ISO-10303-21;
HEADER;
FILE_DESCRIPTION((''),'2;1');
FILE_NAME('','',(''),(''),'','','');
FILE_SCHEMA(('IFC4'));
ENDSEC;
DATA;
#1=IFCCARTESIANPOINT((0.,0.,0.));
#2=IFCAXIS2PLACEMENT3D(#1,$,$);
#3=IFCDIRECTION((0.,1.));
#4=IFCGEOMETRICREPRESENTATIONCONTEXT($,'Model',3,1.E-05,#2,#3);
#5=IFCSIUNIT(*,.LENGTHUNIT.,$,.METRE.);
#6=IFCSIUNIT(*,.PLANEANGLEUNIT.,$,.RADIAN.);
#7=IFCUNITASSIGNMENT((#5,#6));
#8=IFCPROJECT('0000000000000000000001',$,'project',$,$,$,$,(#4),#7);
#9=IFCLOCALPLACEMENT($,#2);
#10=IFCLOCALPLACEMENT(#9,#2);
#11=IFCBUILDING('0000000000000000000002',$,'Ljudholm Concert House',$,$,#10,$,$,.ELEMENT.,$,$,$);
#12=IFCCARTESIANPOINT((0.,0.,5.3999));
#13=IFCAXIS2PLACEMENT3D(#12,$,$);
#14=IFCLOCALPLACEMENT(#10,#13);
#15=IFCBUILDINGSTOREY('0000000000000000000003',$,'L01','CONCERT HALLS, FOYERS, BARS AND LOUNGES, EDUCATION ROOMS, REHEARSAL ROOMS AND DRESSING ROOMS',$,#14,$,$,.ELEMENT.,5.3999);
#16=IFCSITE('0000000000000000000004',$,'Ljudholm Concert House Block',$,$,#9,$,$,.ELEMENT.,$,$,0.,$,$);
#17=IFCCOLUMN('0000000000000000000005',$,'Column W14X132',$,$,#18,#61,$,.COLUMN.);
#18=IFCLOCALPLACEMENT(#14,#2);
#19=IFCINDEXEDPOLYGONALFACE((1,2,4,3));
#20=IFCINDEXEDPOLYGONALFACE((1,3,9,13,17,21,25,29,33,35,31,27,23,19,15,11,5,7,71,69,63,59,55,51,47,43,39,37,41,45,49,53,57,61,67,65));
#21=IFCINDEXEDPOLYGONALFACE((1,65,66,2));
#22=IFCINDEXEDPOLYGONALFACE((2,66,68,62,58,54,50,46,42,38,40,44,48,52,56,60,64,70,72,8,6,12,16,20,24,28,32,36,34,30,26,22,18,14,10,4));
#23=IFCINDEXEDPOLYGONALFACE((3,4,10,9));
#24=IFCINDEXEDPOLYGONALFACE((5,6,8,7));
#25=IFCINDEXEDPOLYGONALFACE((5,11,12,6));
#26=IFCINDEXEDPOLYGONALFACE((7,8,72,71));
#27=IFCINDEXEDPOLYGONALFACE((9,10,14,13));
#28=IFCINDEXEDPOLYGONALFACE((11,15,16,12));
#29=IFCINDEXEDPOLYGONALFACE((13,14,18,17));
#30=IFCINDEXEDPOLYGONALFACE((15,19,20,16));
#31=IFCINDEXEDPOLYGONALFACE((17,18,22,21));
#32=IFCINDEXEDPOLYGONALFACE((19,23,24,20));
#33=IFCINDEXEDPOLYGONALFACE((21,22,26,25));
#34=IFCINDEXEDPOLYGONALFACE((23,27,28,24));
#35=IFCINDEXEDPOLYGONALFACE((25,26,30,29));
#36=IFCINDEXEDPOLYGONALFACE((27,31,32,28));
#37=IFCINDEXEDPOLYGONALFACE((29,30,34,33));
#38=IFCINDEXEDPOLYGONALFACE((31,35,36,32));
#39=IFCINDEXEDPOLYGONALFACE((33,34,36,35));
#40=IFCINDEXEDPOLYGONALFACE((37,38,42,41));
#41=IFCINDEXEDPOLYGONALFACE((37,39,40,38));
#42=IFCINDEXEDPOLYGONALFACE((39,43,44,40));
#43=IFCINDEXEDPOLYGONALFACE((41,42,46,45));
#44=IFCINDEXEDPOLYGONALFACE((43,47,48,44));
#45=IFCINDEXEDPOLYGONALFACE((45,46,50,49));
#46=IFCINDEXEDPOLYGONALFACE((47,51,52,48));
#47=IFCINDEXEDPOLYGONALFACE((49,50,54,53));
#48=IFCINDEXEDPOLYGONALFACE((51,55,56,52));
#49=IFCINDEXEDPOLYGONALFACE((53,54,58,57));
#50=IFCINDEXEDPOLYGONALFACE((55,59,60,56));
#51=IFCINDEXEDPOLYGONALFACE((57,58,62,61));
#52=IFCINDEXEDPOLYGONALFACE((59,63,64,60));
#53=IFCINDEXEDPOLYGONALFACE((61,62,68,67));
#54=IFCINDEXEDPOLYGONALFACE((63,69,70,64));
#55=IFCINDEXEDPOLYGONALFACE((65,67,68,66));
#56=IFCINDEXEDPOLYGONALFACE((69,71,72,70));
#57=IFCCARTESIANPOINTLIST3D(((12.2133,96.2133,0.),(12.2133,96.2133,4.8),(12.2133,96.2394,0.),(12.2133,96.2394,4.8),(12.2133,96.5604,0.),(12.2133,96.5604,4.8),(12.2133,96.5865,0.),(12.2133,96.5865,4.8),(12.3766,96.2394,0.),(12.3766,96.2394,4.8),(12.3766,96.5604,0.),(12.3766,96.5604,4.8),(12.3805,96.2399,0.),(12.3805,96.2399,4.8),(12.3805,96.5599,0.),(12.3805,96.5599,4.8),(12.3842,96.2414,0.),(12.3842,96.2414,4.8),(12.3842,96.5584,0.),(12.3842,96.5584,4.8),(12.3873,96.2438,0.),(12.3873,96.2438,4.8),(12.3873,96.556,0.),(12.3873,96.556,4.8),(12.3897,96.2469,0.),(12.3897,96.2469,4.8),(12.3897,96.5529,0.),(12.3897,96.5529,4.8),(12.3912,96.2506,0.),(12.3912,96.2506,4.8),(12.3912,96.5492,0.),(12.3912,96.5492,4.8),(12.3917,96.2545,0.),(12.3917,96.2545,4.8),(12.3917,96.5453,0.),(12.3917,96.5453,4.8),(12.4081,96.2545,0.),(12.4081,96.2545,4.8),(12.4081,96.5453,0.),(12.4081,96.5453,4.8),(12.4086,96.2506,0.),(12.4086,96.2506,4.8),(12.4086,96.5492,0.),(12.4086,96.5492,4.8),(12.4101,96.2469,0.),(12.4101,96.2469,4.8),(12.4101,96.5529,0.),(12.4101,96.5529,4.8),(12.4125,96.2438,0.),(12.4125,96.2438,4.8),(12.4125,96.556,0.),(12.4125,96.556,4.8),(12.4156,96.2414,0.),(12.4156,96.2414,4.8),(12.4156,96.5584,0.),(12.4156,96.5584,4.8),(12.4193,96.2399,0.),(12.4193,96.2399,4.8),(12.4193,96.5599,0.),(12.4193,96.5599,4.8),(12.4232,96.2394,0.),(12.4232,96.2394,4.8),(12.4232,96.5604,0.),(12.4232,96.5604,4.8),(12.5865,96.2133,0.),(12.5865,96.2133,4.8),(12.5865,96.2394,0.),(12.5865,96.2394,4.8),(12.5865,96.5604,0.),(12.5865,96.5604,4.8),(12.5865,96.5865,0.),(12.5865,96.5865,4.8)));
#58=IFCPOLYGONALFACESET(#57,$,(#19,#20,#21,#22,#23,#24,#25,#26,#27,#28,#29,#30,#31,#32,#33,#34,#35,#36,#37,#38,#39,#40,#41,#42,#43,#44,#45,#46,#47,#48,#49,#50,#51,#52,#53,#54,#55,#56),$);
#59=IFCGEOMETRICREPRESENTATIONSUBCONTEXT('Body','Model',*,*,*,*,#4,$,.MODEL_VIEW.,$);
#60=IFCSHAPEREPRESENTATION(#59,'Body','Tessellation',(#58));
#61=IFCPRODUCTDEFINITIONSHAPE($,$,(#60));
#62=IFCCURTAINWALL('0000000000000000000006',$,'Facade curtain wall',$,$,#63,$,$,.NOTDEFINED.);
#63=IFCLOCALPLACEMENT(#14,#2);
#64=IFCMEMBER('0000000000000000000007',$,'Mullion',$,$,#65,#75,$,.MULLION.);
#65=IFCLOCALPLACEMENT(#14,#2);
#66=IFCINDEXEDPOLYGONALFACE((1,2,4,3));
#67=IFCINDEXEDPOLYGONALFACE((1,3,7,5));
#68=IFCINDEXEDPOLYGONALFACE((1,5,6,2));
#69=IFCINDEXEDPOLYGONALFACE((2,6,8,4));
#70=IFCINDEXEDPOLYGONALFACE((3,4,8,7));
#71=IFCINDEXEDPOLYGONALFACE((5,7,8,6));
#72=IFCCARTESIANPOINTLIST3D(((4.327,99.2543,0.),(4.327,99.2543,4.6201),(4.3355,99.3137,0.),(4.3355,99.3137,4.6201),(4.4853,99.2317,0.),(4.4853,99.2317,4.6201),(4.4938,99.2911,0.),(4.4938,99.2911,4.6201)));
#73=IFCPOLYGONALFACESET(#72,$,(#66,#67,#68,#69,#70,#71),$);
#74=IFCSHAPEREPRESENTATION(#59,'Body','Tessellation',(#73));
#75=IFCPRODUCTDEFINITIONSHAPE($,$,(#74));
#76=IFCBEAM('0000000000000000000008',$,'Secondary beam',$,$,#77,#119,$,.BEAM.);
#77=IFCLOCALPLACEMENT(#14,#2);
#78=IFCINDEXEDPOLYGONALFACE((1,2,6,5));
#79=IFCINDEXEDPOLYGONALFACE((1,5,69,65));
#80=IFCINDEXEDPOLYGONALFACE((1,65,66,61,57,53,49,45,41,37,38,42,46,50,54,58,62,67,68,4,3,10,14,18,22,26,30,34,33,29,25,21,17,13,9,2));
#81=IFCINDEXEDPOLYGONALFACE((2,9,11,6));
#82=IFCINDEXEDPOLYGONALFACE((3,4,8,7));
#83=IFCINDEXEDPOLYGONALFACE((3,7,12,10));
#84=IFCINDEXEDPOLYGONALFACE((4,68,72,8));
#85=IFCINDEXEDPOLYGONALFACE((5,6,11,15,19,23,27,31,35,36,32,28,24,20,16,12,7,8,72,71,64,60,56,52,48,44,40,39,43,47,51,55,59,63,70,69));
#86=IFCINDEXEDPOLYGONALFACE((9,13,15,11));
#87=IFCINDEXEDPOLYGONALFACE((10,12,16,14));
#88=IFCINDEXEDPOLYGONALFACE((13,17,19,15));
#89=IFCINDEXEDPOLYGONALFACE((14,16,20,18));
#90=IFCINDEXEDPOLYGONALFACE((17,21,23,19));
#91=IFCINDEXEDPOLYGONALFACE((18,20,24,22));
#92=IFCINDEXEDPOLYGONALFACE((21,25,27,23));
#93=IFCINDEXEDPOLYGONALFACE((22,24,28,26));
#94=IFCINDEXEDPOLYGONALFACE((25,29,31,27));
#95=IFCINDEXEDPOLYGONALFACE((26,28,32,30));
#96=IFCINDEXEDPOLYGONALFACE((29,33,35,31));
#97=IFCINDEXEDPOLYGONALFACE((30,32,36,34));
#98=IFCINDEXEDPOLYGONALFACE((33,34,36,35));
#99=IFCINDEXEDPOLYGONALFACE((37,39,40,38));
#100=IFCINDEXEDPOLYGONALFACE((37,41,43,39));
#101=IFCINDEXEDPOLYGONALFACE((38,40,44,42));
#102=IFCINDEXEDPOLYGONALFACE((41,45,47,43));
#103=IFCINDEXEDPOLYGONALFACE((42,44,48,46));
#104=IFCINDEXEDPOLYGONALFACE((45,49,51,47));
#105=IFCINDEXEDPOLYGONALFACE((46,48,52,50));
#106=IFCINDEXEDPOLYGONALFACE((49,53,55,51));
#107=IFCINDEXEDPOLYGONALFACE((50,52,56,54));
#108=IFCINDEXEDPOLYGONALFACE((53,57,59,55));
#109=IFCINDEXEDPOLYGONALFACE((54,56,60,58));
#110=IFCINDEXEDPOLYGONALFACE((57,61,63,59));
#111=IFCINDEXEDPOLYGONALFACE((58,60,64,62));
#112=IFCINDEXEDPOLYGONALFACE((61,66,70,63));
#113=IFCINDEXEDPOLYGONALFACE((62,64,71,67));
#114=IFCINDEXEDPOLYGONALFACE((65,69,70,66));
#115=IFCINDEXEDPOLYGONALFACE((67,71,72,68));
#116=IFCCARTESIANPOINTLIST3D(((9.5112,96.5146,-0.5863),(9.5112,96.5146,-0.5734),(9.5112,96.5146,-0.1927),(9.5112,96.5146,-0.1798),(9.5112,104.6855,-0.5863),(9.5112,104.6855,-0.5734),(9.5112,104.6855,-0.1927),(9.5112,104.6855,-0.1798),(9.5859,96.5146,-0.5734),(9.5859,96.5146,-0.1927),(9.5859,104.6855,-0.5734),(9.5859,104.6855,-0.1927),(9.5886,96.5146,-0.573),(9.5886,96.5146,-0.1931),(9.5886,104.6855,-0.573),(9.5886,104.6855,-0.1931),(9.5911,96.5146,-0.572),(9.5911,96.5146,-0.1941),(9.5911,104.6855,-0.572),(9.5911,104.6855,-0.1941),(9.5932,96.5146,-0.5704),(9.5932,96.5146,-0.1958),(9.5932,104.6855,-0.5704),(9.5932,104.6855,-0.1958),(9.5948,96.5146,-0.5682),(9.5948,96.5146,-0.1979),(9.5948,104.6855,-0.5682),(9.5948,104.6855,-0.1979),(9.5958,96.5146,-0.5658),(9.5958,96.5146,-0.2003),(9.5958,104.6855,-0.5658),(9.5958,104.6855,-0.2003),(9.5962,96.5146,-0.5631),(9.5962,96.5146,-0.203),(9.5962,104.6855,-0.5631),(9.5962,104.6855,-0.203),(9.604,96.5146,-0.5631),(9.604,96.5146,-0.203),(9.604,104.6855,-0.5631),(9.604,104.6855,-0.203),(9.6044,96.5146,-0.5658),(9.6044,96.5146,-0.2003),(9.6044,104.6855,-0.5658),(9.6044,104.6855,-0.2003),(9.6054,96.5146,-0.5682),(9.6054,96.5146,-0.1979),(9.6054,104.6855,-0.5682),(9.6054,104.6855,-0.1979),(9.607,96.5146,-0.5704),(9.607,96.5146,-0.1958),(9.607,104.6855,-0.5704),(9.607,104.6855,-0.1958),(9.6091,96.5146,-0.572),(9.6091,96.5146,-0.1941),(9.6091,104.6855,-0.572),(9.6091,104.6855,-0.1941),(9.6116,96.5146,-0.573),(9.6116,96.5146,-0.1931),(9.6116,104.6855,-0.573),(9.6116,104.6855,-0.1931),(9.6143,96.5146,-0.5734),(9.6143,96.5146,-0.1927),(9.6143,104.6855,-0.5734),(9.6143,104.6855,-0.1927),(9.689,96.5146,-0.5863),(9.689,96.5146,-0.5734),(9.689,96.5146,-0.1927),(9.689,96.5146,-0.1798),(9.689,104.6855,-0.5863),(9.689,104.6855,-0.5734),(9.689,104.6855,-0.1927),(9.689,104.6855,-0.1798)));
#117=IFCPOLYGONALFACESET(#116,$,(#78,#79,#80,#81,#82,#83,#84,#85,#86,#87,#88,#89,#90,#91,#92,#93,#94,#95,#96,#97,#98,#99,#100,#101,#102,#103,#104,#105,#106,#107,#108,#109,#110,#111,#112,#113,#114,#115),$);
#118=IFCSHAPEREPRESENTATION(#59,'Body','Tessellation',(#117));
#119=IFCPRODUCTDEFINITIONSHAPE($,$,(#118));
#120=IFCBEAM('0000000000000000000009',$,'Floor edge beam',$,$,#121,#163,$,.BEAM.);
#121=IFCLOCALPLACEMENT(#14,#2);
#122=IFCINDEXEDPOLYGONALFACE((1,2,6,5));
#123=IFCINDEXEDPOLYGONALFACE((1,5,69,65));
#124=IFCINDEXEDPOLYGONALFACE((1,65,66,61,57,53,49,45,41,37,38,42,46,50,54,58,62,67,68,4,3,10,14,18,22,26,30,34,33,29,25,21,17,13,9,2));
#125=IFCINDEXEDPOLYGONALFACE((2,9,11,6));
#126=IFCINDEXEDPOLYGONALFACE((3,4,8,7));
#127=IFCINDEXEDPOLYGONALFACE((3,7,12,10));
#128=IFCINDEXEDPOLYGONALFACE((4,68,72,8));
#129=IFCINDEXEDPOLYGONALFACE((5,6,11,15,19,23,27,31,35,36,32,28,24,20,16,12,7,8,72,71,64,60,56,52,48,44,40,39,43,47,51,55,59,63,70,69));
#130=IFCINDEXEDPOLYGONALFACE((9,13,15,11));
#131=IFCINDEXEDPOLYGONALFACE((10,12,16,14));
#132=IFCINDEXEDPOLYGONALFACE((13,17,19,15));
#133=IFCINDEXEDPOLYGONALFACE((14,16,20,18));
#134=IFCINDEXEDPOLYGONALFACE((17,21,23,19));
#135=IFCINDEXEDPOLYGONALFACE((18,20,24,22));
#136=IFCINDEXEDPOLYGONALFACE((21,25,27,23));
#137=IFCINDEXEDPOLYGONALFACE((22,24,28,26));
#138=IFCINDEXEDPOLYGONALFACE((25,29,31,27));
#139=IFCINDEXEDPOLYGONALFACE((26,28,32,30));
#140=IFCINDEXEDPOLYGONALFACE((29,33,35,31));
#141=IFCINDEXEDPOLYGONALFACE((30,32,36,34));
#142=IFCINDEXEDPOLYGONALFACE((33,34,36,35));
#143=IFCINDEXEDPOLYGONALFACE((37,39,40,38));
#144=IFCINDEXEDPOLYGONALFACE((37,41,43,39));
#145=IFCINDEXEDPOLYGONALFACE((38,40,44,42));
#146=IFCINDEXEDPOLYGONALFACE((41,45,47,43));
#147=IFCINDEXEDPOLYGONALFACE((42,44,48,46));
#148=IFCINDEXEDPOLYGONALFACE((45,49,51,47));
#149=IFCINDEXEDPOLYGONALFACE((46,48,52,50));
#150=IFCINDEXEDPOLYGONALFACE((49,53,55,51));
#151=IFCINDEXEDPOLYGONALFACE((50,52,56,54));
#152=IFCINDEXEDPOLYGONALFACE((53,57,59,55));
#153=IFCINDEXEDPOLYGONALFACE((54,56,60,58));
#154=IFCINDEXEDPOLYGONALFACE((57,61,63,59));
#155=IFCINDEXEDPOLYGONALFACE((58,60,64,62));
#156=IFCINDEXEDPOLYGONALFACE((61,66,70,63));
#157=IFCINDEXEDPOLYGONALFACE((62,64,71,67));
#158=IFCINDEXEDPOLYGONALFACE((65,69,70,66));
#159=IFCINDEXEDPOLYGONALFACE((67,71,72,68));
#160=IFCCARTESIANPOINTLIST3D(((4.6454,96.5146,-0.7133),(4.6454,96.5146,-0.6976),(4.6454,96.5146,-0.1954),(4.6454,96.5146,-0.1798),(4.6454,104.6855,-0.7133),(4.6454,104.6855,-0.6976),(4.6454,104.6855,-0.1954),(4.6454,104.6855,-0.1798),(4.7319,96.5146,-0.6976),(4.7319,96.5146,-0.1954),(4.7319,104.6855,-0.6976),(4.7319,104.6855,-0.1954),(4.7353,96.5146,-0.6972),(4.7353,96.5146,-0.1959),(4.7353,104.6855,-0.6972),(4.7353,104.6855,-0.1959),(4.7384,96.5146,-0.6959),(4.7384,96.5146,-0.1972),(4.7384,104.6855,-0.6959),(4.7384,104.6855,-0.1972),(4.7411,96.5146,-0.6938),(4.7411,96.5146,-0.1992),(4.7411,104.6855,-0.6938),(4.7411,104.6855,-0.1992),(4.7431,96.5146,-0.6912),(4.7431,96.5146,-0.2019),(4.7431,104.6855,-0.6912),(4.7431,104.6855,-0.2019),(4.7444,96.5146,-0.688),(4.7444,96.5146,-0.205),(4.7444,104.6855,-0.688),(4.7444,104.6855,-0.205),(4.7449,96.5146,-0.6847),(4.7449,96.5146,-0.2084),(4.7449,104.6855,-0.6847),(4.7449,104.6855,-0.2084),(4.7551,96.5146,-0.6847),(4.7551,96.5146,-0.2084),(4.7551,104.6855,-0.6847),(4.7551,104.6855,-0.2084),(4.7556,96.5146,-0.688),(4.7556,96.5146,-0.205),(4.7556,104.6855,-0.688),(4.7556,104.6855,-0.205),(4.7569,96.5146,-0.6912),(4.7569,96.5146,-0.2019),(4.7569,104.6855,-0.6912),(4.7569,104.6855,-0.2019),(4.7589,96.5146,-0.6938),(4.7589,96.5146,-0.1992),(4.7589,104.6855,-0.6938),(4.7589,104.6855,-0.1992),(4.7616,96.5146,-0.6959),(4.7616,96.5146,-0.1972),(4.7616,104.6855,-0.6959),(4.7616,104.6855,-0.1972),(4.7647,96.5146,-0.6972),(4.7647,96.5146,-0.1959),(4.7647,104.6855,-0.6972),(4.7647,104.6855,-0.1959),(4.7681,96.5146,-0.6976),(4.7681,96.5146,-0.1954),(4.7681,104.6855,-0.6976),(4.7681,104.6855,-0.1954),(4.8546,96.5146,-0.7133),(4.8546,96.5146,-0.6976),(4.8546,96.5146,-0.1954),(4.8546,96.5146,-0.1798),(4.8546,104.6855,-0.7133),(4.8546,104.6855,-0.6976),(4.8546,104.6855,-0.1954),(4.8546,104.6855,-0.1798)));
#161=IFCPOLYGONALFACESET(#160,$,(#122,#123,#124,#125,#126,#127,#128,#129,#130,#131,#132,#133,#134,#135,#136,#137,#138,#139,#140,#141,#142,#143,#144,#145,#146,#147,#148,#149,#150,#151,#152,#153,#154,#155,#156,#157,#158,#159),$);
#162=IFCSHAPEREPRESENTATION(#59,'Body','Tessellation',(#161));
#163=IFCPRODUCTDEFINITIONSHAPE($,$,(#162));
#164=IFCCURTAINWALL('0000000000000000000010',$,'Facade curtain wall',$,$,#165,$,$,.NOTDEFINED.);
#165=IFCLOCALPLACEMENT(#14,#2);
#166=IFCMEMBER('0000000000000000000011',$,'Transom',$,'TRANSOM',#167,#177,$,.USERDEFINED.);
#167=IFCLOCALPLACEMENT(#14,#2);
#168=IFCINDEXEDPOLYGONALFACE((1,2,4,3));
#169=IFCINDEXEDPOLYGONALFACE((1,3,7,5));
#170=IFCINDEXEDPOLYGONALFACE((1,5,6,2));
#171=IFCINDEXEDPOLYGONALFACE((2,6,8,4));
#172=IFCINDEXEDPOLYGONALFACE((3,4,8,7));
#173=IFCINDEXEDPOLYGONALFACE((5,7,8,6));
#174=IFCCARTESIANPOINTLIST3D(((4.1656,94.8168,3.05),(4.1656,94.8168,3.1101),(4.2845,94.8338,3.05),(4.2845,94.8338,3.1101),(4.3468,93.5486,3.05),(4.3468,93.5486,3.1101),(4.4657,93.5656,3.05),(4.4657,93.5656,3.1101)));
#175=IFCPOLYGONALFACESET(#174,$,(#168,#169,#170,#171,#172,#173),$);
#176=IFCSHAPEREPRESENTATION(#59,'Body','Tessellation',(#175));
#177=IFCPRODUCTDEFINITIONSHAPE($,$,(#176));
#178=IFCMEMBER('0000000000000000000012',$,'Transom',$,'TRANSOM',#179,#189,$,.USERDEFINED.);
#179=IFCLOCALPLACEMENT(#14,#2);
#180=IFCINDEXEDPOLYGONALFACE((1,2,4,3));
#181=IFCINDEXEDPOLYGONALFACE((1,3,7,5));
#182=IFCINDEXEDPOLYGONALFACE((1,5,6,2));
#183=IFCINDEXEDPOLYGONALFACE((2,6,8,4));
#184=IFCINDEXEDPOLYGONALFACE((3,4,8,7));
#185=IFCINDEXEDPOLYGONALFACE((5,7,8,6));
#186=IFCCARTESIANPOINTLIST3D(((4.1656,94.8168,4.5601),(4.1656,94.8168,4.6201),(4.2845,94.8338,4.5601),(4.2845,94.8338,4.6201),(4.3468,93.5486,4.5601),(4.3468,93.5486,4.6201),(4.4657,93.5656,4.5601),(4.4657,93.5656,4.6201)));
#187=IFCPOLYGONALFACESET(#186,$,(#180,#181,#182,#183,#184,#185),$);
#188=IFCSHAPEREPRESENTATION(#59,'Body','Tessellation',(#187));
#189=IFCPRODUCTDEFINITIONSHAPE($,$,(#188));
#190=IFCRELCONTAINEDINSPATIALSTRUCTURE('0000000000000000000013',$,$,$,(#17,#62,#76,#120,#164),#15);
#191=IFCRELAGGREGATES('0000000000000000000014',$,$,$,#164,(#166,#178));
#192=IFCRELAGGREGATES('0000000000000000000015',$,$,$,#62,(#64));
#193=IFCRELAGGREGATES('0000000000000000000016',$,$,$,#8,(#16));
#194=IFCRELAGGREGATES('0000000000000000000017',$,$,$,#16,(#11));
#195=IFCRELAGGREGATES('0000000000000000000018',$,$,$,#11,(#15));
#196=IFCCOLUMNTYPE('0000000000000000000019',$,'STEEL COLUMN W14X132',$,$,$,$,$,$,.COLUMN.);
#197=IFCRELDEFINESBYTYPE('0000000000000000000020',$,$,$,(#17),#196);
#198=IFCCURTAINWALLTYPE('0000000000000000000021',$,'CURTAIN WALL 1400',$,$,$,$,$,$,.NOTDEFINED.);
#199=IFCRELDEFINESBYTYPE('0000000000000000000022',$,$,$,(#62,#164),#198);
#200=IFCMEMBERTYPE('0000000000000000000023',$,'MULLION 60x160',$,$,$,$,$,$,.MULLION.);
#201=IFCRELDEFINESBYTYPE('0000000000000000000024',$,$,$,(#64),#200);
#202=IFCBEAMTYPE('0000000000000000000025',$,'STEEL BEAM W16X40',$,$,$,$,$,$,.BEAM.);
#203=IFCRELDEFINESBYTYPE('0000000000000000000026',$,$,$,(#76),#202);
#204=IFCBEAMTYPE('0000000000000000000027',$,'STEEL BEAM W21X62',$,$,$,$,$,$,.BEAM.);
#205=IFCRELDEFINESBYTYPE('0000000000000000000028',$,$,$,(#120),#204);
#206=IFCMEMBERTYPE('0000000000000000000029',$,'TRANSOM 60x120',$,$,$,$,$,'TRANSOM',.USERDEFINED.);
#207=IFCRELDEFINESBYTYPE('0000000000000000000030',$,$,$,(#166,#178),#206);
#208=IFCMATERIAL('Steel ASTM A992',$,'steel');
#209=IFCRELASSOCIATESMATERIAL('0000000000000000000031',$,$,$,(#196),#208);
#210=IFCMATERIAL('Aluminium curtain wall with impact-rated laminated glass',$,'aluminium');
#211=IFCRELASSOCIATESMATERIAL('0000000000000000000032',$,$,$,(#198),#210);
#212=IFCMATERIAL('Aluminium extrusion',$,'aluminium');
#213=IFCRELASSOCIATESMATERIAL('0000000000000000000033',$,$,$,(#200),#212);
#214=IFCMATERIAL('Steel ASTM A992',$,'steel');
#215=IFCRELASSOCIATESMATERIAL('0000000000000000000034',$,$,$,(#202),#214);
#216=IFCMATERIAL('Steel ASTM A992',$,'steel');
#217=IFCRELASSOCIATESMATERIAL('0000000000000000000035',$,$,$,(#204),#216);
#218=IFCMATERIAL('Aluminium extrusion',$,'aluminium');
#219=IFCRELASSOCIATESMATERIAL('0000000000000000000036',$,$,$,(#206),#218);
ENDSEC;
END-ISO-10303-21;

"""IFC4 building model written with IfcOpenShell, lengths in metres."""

from ifc_helpers import new_model, si_unit, direction, frame, origin, origin_2d, place, context, subcontext, project, spatial, rectangle, i_section, extrude, material, material_profile, profile_set, type_object, element, aggregate, save


model = new_model("IFC4")

# Units and contexts
model_context = context("Model", 3, precision=1e-05, world=origin(), true_north=direction((0.0, 1.0)))
body_context = subcontext(model_context, "Body", "Model", "MODEL_VIEW")
ifc_project = project(units=[si_unit("LENGTHUNIT", "METRE"), si_unit("PLANEANGLEUNIT", "RADIAN")], contexts=[model_context])

# Site, building, storey
site_placement = place(None, origin())
site = spatial("IfcSite", under=ifc_project, at=site_placement, Name="Ljudholm Concert House Block", CompositionType="ELEMENT", RefElevation=0.0)
building_placement = place(site_placement, origin())
building = spatial("IfcBuilding", under=site, at=building_placement, Name="Ljudholm Concert House", CompositionType="ELEMENT")
storey_placement = place(building_placement, frame((0.0, 0.0, 5.3999)))
storey = spatial("IfcBuildingStorey", under=building, at=storey_placement, Name="L01", Description="CONCERT HALLS, FOYERS, BARS AND LOUNGES, EDUCATION ROOMS, REHEARSAL ROOMS AND DRESSING ROOMS", CompositionType="ELEMENT", Elevation=5.3999)

# Column
ifc_material_1 = material(Name="Steel ASTM A992", Category="steel")
ifc_material_profile_1 = material_profile(ifc_material_1, i_section(OverallWidth=0.3733, OverallDepth=0.3733, WebThickness=0.0164, FlangeThickness=0.0261, FilletRadius=0.0151, at=origin_2d()), Name="W14X132")
ifc_profile_set_1 = profile_set([ifc_material_profile_1], Name="Steel ASTM A992")
column_type = type_object("IfcColumnType", Name="STEEL COLUMN W14X132", PredefinedType="COLUMN", material=ifc_profile_set_1)
column_placement = place(storey_placement, frame((12.3999, 96.3999, 0.0), z_axis=(0.0, 0.0, 1.0), x_axis=(1.0, 0.0, 0.0)))
element("IfcColumn", 1, at=column_placement, inside=storey, type_object=column_type, Name="Column W14X132", PredefinedType="COLUMN", context=body_context, shape_type="SweptSolid", body=[
    extrude(i_section(OverallWidth=0.3733, OverallDepth=0.3733, WebThickness=0.0164, FlangeThickness=0.0261, FilletRadius=0.0151, at=origin_2d()), origin(), (0.0, 0.0, 1.0), 4.8),
])

# Curtain wall, member
ifc_material_2 = material(Name="Aluminium curtain wall with impact-rated laminated glass", Category="aluminium")
curtain_wall_type = type_object("IfcCurtainWallType", Name="CURTAIN WALL 1400", PredefinedType="NOTDEFINED", material=ifc_material_2)
curtain_wall_1_placement = place(storey_placement, origin())
curtain_wall_1 = element("IfcCurtainWall", 2, at=curtain_wall_1_placement, inside=storey, type_object=curtain_wall_type, Name="Facade curtain wall", PredefinedType="NOTDEFINED")
ifc_material_3 = material(Name="Aluminium extrusion", Category="aluminium")
ifc_material_profile_2 = material_profile(ifc_material_3, rectangle(XDim=0.1599, YDim=0.0601, at=origin_2d()), Name="MULLION 60x160")
ifc_profile_set_2 = profile_set([ifc_material_profile_2], Name="Aluminium extrusion")
member_type_1 = type_object("IfcMemberType", Name="MULLION 60x160", PredefinedType="MULLION", material=ifc_profile_set_2)
member_1_placement = place(storey_placement, frame((4.4104, 99.2727, 0.0), z_axis=(0.0, 0.0, 1.0), x_axis=(-0.989949, 0.141421, 0.0)))
member_1 = element("IfcMember", 3, at=member_1_placement, type_object=member_type_1, Name="Mullion", PredefinedType="MULLION", context=body_context, shape_type="SweptSolid", body=[
    extrude(rectangle(XDim=0.1599, YDim=0.0601, at=origin_2d()), origin(), (0.0, 0.0, 1.0), 4.6201),
])

# Beams
ifc_material_4 = material(Name="Steel ASTM A992", Category="steel")
ifc_material_profile_3 = material_profile(ifc_material_4, i_section(OverallWidth=0.1777, OverallDepth=0.4065, WebThickness=0.0078, FlangeThickness=0.0129, FilletRadius=0.0103, at=origin_2d()), Name="W16X40")
ifc_profile_set_3 = profile_set([ifc_material_profile_3], Name="Steel ASTM A992")
beam_type_1 = type_object("IfcBeamType", Name="STEEL BEAM W16X40", PredefinedType="BEAM", material=ifc_profile_set_3)
beam_1_placement = place(storey_placement, frame((9.6001, 96.5146, -0.3831), z_axis=(0.0, 1.0, 0.0), x_axis=(-1.0, 0.0, 0.0)))
element("IfcBeam", 4, at=beam_1_placement, inside=storey, type_object=beam_type_1, Name="Secondary beam", PredefinedType="BEAM", context=body_context, shape_type="SweptSolid", body=[
    extrude(i_section(OverallWidth=0.1777, OverallDepth=0.4065, WebThickness=0.0078, FlangeThickness=0.0129, FilletRadius=0.0103, at=origin_2d()), origin(), (0.0, 0.0, 1.0), 8.1709),
])
ifc_material_5 = material(Name="Steel ASTM A992", Category="steel")
ifc_material_profile_4 = material_profile(ifc_material_5, i_section(OverallWidth=0.2092, OverallDepth=0.5334, WebThickness=0.0103, FlangeThickness=0.0156, FilletRadius=0.0129, at=origin_2d()), Name="W21X62")
ifc_profile_set_4 = profile_set([ifc_material_profile_4], Name="Steel ASTM A992")
beam_type_2 = type_object("IfcBeamType", Name="STEEL BEAM W21X62", PredefinedType="BEAM", material=ifc_profile_set_4)
beam_2_placement = place(storey_placement, frame((4.75, 96.5146, -0.4465), z_axis=(0.0, 1.0, 0.0), x_axis=(-1.0, 0.0, 0.0)))
element("IfcBeam", 5, at=beam_2_placement, inside=storey, type_object=beam_type_2, Name="Floor edge beam", PredefinedType="BEAM", context=body_context, shape_type="SweptSolid", body=[
    extrude(i_section(OverallWidth=0.2092, OverallDepth=0.5334, WebThickness=0.0103, FlangeThickness=0.0156, FilletRadius=0.0129, at=origin_2d()), origin(), (0.0, 0.0, 1.0), 8.1709),
])

# Curtain wall, members
curtain_wall_2_placement = place(storey_placement, origin())
curtain_wall_2 = element("IfcCurtainWall", 6, at=curtain_wall_2_placement, inside=storey, type_object=curtain_wall_type, Name="Facade curtain wall", PredefinedType="NOTDEFINED")
ifc_material_6 = material(Name="Aluminium extrusion", Category="aluminium")
ifc_material_profile_5 = material_profile(ifc_material_6, rectangle(XDim=0.1201, YDim=0.0601, at=origin_2d()), Name="TRANSOM 60x120")
ifc_profile_set_5 = profile_set([ifc_material_profile_5], Name="Aluminium extrusion")
member_type_2 = type_object("IfcMemberType", Name="TRANSOM 60x120", ElementType="TRANSOM", PredefinedType="USERDEFINED", material=ifc_profile_set_5)
member_2_placement = place(storey_placement, frame((4.4062, 93.5571, 3.0801), z_axis=(-0.141421, 0.989949, 0.0), x_axis=(-0.989949, -0.141421, 0.0)))
member_2 = element("IfcMember", 7, at=member_2_placement, type_object=member_type_2, Name="Transom", ObjectType="TRANSOM", PredefinedType="USERDEFINED", context=body_context, shape_type="SweptSolid", body=[
    extrude(rectangle(XDim=0.1201, YDim=0.0601, at=origin_2d()), origin(), (0.0, 0.0, 1.0), 1.281),
])
member_3_placement = place(storey_placement, frame((4.4062, 93.5571, 4.5901), z_axis=(-0.141421, 0.989949, 0.0), x_axis=(-0.989949, -0.141421, 0.0)))
member_3 = element("IfcMember", 8, at=member_3_placement, type_object=member_type_2, Name="Transom", ObjectType="TRANSOM", PredefinedType="USERDEFINED", context=body_context, shape_type="SweptSolid", body=[
    extrude(rectangle(XDim=0.1201, YDim=0.0601, at=origin_2d()), origin(), (0.0, 0.0, 1.0), 1.281),
])

aggregate(curtain_wall_2, [member_2, member_3])
aggregate(curtain_wall_1, [member_1])

save(model, "model.ifc")
